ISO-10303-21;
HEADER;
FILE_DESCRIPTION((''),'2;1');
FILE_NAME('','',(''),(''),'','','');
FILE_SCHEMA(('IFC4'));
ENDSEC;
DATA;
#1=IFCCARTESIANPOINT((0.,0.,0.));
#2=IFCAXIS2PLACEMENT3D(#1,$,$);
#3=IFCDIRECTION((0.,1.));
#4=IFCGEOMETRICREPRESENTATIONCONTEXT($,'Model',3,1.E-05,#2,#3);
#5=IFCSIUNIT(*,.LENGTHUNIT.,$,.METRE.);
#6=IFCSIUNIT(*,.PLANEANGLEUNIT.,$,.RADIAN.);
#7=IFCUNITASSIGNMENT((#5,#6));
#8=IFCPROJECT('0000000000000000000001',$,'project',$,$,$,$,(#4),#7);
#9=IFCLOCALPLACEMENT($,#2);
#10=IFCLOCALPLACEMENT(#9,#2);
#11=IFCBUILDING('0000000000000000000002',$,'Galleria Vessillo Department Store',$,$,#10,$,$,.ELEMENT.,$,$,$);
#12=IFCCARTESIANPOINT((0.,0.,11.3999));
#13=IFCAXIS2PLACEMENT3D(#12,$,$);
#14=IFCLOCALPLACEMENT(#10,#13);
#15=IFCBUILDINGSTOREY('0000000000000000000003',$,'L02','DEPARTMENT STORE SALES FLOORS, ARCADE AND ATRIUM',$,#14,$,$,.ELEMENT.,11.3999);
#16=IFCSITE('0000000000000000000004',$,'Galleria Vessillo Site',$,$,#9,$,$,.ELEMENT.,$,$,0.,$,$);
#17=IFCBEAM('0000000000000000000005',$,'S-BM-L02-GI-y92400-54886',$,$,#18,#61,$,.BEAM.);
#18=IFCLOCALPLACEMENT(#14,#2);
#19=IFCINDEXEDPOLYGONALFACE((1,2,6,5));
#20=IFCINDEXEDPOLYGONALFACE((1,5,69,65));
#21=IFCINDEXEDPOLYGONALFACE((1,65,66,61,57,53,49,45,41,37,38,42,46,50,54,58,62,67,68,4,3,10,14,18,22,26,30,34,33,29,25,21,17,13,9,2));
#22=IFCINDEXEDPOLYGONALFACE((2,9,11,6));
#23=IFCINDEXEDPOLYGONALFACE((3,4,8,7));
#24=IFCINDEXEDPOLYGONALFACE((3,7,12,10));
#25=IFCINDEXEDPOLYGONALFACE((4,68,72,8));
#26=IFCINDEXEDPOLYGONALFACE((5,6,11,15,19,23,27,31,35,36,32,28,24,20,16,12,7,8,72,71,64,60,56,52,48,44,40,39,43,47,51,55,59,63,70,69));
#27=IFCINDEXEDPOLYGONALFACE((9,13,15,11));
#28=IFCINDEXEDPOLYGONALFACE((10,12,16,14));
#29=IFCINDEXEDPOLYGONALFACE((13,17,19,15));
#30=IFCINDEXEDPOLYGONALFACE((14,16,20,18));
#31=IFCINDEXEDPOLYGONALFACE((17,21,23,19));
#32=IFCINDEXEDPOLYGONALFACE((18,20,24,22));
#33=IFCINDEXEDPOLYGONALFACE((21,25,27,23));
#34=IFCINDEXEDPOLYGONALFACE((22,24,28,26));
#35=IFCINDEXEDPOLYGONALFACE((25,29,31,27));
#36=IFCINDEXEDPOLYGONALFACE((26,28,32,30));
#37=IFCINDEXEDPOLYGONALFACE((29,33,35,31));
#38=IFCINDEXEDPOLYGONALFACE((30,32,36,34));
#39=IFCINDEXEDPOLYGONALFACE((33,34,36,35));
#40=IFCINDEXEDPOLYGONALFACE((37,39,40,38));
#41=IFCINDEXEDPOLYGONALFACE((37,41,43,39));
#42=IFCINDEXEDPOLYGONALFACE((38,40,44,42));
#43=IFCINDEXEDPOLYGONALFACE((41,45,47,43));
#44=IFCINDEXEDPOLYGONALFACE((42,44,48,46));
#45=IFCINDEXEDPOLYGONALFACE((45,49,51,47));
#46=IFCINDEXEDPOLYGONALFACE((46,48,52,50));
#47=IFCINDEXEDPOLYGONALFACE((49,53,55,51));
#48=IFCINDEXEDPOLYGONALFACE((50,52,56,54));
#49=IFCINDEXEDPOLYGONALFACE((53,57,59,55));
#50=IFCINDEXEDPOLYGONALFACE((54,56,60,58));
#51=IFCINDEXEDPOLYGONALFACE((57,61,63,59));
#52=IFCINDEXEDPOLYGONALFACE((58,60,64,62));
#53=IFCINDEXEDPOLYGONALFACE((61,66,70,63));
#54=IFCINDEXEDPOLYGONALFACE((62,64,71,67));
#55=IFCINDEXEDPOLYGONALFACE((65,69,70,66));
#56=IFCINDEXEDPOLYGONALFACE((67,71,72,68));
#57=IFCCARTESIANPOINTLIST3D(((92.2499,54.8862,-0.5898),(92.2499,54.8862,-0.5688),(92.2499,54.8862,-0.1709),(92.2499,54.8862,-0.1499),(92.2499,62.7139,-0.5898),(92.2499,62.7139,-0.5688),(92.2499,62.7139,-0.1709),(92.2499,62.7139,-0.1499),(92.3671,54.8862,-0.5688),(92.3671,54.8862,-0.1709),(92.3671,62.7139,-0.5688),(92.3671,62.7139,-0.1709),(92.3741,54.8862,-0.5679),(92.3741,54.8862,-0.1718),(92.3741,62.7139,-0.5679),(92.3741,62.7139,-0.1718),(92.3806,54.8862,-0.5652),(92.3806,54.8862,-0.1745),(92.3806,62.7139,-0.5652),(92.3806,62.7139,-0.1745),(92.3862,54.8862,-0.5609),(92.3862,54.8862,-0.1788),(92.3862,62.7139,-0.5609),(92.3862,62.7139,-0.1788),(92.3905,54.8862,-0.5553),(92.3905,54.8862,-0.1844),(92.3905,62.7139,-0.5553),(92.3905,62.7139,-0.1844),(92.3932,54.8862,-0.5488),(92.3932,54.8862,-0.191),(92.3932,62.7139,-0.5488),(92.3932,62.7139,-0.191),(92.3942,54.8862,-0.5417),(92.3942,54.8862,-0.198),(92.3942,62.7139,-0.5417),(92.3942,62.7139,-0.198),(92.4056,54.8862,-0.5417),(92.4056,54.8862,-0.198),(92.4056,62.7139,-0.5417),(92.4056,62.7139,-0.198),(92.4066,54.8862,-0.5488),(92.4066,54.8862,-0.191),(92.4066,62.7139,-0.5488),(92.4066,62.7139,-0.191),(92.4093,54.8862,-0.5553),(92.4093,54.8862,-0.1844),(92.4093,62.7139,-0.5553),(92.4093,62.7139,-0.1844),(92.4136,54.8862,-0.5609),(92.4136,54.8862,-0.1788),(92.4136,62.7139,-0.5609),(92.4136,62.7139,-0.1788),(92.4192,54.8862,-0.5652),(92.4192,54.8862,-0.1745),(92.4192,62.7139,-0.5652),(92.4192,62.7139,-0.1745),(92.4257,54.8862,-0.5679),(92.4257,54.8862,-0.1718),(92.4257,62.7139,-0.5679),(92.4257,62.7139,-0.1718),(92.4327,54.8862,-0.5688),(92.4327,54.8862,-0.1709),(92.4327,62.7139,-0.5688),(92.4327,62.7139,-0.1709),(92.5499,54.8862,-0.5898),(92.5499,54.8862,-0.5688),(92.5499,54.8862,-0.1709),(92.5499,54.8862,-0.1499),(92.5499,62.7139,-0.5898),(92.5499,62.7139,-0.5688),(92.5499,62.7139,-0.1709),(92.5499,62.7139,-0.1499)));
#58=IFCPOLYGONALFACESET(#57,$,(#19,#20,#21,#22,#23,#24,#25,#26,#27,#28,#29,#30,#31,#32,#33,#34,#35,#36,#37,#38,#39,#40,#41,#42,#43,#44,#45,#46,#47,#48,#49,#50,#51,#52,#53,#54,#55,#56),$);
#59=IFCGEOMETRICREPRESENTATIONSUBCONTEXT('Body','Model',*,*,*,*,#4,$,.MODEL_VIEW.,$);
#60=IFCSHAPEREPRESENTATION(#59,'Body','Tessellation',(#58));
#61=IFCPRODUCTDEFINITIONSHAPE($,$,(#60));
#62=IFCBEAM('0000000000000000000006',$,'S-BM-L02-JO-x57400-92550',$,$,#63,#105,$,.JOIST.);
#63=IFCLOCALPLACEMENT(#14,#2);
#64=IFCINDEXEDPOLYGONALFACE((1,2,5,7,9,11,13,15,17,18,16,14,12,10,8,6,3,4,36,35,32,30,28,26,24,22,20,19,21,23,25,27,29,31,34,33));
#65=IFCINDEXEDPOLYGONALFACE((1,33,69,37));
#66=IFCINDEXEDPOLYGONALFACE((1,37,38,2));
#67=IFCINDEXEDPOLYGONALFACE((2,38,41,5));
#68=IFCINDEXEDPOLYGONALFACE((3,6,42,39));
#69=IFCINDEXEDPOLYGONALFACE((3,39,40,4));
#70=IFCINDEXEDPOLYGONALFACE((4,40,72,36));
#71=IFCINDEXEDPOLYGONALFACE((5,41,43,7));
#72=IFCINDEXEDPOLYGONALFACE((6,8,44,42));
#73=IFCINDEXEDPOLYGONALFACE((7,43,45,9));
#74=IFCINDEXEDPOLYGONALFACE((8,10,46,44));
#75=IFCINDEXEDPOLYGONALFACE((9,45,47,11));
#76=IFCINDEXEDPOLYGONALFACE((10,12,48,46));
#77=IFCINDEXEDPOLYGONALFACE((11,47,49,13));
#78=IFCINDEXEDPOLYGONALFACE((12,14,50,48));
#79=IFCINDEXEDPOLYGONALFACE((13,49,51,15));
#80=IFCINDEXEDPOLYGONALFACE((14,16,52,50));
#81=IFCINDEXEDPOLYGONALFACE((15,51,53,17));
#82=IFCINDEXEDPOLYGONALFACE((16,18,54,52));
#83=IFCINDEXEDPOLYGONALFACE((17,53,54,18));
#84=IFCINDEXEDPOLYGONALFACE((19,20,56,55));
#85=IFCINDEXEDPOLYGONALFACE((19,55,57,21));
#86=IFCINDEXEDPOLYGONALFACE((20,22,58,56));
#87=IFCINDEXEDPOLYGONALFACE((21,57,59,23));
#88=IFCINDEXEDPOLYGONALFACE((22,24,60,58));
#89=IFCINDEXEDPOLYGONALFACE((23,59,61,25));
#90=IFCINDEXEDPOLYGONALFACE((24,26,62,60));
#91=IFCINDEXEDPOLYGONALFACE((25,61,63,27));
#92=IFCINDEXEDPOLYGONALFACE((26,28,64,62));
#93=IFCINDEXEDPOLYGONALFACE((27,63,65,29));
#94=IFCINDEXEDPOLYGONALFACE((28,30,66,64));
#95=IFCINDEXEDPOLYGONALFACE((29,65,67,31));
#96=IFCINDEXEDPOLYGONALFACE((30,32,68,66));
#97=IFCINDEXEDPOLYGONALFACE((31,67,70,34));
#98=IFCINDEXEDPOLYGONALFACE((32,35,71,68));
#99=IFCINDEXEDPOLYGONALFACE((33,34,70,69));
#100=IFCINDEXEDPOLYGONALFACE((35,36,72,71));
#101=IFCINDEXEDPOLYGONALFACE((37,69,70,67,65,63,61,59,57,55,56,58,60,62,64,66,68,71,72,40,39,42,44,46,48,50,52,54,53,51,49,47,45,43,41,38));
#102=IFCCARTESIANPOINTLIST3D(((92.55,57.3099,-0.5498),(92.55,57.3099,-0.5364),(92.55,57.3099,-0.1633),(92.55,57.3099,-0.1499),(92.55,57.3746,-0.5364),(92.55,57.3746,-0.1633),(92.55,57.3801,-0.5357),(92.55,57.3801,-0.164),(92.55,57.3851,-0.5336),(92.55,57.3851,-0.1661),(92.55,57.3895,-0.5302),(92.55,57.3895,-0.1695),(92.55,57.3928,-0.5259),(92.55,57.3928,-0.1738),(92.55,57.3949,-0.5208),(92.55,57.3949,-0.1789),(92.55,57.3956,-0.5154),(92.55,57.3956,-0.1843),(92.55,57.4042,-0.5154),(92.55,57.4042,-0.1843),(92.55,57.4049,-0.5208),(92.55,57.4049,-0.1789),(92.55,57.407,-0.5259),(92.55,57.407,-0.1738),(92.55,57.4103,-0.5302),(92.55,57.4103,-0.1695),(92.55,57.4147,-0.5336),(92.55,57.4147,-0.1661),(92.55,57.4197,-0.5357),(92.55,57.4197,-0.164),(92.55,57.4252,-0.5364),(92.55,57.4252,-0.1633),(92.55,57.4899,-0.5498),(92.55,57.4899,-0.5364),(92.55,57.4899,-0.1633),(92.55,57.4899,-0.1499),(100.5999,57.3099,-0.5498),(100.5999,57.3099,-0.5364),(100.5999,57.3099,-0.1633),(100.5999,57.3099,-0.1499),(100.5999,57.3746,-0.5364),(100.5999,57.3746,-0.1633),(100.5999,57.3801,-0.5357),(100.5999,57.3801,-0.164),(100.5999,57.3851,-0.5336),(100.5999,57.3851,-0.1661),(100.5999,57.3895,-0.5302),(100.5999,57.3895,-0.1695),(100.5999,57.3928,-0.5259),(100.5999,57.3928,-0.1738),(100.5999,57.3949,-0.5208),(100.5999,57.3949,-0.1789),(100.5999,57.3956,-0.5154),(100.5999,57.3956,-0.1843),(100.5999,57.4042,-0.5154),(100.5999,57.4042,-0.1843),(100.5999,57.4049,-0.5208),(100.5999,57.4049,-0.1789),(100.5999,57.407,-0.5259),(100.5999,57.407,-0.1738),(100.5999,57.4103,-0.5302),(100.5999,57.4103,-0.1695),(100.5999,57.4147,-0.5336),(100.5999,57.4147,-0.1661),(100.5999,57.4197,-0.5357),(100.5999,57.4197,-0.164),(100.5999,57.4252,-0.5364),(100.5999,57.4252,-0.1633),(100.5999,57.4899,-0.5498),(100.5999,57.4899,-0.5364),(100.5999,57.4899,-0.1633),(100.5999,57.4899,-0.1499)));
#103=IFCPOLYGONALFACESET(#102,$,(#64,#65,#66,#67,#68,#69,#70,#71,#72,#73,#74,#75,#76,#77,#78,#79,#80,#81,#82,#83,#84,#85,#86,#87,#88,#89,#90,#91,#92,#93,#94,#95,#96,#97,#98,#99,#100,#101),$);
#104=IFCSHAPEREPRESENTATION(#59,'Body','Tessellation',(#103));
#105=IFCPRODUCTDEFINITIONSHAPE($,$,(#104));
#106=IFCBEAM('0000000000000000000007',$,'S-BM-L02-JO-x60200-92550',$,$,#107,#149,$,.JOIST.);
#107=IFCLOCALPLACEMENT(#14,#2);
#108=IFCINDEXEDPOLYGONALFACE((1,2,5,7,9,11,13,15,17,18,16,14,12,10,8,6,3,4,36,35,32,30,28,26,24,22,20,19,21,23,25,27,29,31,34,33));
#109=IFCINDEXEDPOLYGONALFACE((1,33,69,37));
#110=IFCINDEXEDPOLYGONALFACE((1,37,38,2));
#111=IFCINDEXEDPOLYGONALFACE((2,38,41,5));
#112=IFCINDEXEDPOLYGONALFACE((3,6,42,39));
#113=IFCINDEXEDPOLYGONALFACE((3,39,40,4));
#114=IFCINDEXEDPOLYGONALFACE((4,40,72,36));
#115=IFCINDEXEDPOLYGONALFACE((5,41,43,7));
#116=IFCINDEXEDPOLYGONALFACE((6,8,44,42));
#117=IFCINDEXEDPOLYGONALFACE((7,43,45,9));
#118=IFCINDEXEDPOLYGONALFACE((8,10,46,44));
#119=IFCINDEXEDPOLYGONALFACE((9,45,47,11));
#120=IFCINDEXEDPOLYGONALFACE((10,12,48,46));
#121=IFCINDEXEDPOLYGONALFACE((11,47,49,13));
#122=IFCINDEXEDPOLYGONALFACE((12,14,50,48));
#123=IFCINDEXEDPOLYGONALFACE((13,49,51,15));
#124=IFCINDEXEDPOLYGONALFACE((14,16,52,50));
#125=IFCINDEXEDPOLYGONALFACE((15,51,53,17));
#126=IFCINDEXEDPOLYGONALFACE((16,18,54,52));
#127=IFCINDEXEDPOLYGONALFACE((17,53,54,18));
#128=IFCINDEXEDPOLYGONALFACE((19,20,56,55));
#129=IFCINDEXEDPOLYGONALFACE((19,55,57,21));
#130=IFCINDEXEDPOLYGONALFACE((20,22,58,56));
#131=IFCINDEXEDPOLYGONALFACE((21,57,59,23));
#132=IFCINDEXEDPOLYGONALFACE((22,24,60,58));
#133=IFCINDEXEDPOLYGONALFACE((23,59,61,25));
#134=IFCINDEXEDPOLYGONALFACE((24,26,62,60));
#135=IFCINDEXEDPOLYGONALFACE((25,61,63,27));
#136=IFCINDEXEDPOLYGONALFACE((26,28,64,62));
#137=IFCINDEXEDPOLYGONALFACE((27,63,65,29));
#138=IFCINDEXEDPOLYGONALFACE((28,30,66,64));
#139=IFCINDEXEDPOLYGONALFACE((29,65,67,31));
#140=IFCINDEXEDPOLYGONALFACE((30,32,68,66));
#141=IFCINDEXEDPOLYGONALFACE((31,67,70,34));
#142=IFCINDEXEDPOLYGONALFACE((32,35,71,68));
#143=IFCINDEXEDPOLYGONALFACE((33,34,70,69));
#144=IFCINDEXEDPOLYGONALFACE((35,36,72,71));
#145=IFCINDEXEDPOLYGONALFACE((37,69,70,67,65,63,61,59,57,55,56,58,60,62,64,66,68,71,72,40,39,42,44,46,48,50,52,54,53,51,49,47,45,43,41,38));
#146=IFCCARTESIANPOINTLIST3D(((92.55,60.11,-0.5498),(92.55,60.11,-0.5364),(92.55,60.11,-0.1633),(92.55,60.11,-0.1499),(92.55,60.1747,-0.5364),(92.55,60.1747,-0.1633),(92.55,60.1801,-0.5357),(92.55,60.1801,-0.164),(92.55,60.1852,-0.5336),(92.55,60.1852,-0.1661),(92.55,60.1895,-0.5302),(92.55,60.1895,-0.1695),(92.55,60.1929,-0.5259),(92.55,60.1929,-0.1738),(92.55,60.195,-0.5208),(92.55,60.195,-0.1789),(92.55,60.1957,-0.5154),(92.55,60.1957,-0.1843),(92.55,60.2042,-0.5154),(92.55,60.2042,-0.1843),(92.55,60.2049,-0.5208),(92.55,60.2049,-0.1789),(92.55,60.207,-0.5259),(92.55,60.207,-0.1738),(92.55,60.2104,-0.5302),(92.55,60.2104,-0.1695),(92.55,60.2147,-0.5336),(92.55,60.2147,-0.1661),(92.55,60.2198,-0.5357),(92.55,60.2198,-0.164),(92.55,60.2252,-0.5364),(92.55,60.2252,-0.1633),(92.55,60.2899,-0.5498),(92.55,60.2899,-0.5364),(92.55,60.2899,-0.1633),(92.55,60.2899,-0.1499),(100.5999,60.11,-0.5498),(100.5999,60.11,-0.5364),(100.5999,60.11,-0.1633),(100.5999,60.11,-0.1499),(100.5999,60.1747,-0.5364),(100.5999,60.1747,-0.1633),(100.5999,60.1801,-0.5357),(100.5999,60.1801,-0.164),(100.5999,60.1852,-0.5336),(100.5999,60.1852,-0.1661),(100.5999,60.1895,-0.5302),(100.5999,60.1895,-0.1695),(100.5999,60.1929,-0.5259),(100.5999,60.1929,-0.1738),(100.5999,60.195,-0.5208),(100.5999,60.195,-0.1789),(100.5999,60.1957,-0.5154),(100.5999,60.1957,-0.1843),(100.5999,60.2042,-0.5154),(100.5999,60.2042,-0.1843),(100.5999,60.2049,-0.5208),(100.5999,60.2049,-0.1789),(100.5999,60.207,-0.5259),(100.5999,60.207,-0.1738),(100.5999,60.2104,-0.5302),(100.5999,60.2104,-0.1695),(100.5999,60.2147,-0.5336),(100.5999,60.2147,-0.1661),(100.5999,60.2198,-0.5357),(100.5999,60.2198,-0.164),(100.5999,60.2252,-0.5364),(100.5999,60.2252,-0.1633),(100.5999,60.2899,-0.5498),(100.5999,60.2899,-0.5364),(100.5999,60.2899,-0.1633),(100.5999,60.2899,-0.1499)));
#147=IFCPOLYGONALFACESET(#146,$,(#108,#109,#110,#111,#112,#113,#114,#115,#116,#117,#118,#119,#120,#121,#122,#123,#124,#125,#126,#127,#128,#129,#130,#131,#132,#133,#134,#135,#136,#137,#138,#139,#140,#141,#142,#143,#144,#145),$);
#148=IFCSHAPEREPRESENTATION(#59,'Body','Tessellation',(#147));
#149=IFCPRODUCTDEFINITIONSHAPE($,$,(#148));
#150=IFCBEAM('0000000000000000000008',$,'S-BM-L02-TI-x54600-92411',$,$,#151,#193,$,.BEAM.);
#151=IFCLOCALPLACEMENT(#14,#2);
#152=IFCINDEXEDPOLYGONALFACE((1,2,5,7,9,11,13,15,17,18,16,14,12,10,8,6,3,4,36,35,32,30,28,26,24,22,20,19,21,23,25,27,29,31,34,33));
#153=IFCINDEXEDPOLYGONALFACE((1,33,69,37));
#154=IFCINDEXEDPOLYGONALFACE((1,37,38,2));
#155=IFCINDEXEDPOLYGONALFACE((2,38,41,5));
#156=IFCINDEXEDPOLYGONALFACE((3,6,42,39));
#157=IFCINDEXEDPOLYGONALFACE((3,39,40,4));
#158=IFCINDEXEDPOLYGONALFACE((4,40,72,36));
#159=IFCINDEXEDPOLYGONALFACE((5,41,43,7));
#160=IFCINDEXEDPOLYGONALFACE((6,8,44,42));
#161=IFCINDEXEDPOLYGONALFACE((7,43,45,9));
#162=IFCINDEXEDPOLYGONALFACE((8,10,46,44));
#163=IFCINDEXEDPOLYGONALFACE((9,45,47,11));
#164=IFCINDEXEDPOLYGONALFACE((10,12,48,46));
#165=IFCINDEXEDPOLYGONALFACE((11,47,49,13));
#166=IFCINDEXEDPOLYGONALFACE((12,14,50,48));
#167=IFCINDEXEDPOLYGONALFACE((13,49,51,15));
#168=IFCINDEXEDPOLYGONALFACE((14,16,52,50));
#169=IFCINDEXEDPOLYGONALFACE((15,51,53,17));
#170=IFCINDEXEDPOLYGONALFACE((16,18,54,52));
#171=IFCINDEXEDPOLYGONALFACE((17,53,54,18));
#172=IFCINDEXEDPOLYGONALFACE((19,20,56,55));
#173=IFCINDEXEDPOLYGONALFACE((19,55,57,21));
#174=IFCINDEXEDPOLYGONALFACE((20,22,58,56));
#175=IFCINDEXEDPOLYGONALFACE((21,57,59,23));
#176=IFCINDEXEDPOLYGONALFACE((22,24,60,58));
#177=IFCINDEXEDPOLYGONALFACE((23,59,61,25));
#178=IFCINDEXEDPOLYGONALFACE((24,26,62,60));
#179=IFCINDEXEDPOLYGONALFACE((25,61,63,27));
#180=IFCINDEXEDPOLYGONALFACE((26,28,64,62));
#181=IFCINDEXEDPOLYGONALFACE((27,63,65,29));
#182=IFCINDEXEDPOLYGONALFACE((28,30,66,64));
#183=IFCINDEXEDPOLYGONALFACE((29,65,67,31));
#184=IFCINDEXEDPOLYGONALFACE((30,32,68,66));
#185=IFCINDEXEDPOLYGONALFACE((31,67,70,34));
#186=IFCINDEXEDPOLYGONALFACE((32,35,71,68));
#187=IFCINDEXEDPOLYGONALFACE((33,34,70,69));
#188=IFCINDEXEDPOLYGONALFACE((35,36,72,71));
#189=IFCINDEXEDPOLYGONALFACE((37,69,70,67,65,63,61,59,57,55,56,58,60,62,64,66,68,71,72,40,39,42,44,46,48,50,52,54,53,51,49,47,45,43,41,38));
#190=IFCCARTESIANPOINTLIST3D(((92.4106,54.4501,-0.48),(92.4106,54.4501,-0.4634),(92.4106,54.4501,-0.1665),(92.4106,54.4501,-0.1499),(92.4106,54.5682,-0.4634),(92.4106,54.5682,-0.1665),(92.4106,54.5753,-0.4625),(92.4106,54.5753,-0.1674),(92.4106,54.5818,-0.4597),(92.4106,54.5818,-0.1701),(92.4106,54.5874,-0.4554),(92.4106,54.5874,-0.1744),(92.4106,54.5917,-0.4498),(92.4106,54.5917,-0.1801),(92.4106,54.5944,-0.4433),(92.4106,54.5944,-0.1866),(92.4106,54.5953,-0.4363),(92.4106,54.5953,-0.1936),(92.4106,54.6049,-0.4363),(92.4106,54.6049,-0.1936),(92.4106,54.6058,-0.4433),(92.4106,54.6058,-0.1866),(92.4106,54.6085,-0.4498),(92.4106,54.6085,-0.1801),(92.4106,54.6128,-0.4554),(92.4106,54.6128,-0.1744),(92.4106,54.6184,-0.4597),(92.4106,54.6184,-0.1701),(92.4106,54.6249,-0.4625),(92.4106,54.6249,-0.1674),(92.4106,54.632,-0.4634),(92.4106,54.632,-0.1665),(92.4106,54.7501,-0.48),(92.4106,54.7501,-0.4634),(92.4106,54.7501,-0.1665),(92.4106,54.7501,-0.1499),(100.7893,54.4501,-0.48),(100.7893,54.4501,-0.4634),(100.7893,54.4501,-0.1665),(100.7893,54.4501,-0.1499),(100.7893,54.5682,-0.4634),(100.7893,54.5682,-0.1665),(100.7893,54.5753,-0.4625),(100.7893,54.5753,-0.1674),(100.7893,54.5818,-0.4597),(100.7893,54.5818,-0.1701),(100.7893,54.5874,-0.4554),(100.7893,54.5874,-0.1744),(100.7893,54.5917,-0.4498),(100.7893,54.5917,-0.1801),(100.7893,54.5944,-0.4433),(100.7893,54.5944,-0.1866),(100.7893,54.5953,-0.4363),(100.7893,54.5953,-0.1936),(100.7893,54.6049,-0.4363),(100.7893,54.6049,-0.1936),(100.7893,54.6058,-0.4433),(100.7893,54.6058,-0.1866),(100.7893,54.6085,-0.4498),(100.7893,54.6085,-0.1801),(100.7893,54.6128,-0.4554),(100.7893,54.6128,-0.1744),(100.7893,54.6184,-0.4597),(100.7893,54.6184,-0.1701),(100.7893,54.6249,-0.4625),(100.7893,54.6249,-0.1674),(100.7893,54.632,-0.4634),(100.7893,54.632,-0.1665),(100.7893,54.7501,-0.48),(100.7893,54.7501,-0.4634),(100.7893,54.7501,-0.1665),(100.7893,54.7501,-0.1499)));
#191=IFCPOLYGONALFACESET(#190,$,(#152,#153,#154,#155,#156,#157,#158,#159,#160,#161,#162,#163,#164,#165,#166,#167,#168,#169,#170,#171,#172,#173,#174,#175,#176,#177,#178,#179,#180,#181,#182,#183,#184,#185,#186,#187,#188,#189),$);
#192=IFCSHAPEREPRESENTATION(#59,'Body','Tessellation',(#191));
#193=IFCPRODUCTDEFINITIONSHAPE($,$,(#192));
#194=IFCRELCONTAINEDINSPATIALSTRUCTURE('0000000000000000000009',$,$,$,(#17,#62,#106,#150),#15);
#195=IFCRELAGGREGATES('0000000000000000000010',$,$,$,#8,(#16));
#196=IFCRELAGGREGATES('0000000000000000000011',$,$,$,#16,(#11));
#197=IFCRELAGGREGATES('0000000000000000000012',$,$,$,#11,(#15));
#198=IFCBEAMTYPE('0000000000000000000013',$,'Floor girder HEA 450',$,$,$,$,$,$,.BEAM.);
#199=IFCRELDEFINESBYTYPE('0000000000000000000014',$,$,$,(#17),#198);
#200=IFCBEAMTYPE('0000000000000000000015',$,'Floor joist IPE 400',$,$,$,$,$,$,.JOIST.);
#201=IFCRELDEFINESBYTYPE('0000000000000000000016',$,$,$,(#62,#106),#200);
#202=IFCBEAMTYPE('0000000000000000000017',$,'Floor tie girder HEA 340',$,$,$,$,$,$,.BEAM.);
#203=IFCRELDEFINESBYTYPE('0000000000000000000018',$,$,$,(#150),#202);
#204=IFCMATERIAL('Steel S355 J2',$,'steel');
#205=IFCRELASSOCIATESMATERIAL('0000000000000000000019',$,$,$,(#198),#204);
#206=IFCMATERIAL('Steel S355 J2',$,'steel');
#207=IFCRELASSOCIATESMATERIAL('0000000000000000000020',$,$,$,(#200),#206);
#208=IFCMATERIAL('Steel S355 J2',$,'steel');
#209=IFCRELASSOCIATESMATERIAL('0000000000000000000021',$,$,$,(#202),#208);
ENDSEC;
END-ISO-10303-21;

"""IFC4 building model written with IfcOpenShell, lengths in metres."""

from ifc_helpers import new_model, si_unit, direction, frame, origin, origin_2d, place, context, subcontext, project, spatial, i_section, extrude, material, material_profile, profile_set, type_object, element, save


model = new_model("IFC4")

# Units and contexts
model_context = context("Model", 3, precision=1e-05, world=origin(), true_north=direction((0.0, 1.0)))
body_context = subcontext(model_context, "Body", "Model", "MODEL_VIEW")
ifc_project = project(units=[si_unit("LENGTHUNIT", "METRE"), si_unit("PLANEANGLEUNIT", "RADIAN")], contexts=[model_context])

# Site, building, storey
site_placement = place(None, origin())
site = spatial("IfcSite", under=ifc_project, at=site_placement, Name="Galleria Vessillo Site", CompositionType="ELEMENT", RefElevation=0.0)
building_placement = place(site_placement, origin())
building = spatial("IfcBuilding", under=site, at=building_placement, Name="Galleria Vessillo Department Store", CompositionType="ELEMENT")
storey_placement = place(building_placement, frame((0.0, 0.0, 11.3999)))
storey = spatial("IfcBuildingStorey", under=building, at=storey_placement, Name="L02", Description="DEPARTMENT STORE SALES FLOORS, ARCADE AND ATRIUM", CompositionType="ELEMENT", Elevation=11.3999)

# Beams
ifc_material_1 = material(Name="Steel S355 J2", Category="steel")
ifc_material_profile_1 = material_profile(ifc_material_1, i_section(OverallWidth=0.3, OverallDepth=0.4399, WebThickness=0.0115, FlangeThickness=0.021, FilletRadius=0.0271, at=origin_2d()), Name="HEA 450")
ifc_profile_set_1 = profile_set([ifc_material_profile_1], Name="Steel S355 J2")
beam_type_1 = type_object("IfcBeamType", Name="Floor girder HEA 450", PredefinedType="BEAM", material=ifc_profile_set_1)
beam_1_placement = place(storey_placement, frame((92.3999, 54.8862, -0.3699), z_axis=(0.0, 1.0, 0.0), x_axis=(-1.0, 0.0, 0.0)))
element("IfcBeam", 1, at=beam_1_placement, inside=storey, type_object=beam_type_1, Name="S-BM-L02-GI-y92400-54886", PredefinedType="BEAM", context=body_context, shape_type="SweptSolid", body=[
    extrude(i_section(OverallWidth=0.3, OverallDepth=0.4399, WebThickness=0.0115, FlangeThickness=0.021, FilletRadius=0.0271, at=origin_2d()), origin(), (0.0, 0.0, 1.0), 7.8276),
])
ifc_material_2 = material(Name="Steel S355 J2", Category="steel")
ifc_material_profile_2 = material_profile(ifc_material_2, i_section(OverallWidth=0.1799, OverallDepth=0.3999, WebThickness=0.0085, FlangeThickness=0.0134, FilletRadius=0.021, at=origin_2d()), Name="IPE 400")
ifc_profile_set_2 = profile_set([ifc_material_profile_2], Name="Steel S355 J2")
beam_type_2 = type_object("IfcBeamType", Name="Floor joist IPE 400", PredefinedType="JOIST", material=ifc_profile_set_2)
for number, where, z_axis, x_axis, name in (
    (2, (92.55, 57.3999, -0.3499), (1.0, 0.0, 0.0), (0.0, 1.0, 0.0), "S-BM-L02-JO-x57400-92550"),
    (3, (92.55, 60.2, -0.3499), (1.0, 0.0, 0.0), (0.0, 1.0, 0.0), "S-BM-L02-JO-x60200-92550"),
):
    element("IfcBeam", number, at=place(storey_placement, frame(where, z_axis=z_axis, x_axis=x_axis)), inside=storey, type_object=beam_type_2, Name=name, PredefinedType="JOIST", context=body_context, shape_type="SweptSolid", body=[
        extrude(i_section(OverallWidth=0.1799, OverallDepth=0.3999, WebThickness=0.0085, FlangeThickness=0.0134, FilletRadius=0.021, at=origin_2d()), origin(), (0.0, 0.0, 1.0), 8.0498),
    ])
ifc_material_3 = material(Name="Steel S355 J2", Category="steel")
ifc_material_profile_3 = material_profile(ifc_material_3, i_section(OverallWidth=0.3, OverallDepth=0.3301, WebThickness=0.0095, FlangeThickness=0.0166, FilletRadius=0.0271, at=origin_2d()), Name="HEA 340")
ifc_profile_set_3 = profile_set([ifc_material_profile_3], Name="Steel S355 J2")
beam_type_3 = type_object("IfcBeamType", Name="Floor tie girder HEA 340", PredefinedType="BEAM", material=ifc_profile_set_3)
beam_2_placement = place(storey_placement, frame((92.4106, 54.6001, -0.3149), z_axis=(1.0, 0.0, 0.0), x_axis=(0.0, 1.0, 0.0)))
element("IfcBeam", 4, at=beam_2_placement, inside=storey, type_object=beam_type_3, Name="S-BM-L02-TI-x54600-92411", PredefinedType="BEAM", context=body_context, shape_type="SweptSolid", body=[
    extrude(i_section(OverallWidth=0.3, OverallDepth=0.3301, WebThickness=0.0095, FlangeThickness=0.0166, FilletRadius=0.0271, at=origin_2d()), origin(), (0.0, 0.0, 1.0), 8.3787),
])

save(model, "model.ifc")
